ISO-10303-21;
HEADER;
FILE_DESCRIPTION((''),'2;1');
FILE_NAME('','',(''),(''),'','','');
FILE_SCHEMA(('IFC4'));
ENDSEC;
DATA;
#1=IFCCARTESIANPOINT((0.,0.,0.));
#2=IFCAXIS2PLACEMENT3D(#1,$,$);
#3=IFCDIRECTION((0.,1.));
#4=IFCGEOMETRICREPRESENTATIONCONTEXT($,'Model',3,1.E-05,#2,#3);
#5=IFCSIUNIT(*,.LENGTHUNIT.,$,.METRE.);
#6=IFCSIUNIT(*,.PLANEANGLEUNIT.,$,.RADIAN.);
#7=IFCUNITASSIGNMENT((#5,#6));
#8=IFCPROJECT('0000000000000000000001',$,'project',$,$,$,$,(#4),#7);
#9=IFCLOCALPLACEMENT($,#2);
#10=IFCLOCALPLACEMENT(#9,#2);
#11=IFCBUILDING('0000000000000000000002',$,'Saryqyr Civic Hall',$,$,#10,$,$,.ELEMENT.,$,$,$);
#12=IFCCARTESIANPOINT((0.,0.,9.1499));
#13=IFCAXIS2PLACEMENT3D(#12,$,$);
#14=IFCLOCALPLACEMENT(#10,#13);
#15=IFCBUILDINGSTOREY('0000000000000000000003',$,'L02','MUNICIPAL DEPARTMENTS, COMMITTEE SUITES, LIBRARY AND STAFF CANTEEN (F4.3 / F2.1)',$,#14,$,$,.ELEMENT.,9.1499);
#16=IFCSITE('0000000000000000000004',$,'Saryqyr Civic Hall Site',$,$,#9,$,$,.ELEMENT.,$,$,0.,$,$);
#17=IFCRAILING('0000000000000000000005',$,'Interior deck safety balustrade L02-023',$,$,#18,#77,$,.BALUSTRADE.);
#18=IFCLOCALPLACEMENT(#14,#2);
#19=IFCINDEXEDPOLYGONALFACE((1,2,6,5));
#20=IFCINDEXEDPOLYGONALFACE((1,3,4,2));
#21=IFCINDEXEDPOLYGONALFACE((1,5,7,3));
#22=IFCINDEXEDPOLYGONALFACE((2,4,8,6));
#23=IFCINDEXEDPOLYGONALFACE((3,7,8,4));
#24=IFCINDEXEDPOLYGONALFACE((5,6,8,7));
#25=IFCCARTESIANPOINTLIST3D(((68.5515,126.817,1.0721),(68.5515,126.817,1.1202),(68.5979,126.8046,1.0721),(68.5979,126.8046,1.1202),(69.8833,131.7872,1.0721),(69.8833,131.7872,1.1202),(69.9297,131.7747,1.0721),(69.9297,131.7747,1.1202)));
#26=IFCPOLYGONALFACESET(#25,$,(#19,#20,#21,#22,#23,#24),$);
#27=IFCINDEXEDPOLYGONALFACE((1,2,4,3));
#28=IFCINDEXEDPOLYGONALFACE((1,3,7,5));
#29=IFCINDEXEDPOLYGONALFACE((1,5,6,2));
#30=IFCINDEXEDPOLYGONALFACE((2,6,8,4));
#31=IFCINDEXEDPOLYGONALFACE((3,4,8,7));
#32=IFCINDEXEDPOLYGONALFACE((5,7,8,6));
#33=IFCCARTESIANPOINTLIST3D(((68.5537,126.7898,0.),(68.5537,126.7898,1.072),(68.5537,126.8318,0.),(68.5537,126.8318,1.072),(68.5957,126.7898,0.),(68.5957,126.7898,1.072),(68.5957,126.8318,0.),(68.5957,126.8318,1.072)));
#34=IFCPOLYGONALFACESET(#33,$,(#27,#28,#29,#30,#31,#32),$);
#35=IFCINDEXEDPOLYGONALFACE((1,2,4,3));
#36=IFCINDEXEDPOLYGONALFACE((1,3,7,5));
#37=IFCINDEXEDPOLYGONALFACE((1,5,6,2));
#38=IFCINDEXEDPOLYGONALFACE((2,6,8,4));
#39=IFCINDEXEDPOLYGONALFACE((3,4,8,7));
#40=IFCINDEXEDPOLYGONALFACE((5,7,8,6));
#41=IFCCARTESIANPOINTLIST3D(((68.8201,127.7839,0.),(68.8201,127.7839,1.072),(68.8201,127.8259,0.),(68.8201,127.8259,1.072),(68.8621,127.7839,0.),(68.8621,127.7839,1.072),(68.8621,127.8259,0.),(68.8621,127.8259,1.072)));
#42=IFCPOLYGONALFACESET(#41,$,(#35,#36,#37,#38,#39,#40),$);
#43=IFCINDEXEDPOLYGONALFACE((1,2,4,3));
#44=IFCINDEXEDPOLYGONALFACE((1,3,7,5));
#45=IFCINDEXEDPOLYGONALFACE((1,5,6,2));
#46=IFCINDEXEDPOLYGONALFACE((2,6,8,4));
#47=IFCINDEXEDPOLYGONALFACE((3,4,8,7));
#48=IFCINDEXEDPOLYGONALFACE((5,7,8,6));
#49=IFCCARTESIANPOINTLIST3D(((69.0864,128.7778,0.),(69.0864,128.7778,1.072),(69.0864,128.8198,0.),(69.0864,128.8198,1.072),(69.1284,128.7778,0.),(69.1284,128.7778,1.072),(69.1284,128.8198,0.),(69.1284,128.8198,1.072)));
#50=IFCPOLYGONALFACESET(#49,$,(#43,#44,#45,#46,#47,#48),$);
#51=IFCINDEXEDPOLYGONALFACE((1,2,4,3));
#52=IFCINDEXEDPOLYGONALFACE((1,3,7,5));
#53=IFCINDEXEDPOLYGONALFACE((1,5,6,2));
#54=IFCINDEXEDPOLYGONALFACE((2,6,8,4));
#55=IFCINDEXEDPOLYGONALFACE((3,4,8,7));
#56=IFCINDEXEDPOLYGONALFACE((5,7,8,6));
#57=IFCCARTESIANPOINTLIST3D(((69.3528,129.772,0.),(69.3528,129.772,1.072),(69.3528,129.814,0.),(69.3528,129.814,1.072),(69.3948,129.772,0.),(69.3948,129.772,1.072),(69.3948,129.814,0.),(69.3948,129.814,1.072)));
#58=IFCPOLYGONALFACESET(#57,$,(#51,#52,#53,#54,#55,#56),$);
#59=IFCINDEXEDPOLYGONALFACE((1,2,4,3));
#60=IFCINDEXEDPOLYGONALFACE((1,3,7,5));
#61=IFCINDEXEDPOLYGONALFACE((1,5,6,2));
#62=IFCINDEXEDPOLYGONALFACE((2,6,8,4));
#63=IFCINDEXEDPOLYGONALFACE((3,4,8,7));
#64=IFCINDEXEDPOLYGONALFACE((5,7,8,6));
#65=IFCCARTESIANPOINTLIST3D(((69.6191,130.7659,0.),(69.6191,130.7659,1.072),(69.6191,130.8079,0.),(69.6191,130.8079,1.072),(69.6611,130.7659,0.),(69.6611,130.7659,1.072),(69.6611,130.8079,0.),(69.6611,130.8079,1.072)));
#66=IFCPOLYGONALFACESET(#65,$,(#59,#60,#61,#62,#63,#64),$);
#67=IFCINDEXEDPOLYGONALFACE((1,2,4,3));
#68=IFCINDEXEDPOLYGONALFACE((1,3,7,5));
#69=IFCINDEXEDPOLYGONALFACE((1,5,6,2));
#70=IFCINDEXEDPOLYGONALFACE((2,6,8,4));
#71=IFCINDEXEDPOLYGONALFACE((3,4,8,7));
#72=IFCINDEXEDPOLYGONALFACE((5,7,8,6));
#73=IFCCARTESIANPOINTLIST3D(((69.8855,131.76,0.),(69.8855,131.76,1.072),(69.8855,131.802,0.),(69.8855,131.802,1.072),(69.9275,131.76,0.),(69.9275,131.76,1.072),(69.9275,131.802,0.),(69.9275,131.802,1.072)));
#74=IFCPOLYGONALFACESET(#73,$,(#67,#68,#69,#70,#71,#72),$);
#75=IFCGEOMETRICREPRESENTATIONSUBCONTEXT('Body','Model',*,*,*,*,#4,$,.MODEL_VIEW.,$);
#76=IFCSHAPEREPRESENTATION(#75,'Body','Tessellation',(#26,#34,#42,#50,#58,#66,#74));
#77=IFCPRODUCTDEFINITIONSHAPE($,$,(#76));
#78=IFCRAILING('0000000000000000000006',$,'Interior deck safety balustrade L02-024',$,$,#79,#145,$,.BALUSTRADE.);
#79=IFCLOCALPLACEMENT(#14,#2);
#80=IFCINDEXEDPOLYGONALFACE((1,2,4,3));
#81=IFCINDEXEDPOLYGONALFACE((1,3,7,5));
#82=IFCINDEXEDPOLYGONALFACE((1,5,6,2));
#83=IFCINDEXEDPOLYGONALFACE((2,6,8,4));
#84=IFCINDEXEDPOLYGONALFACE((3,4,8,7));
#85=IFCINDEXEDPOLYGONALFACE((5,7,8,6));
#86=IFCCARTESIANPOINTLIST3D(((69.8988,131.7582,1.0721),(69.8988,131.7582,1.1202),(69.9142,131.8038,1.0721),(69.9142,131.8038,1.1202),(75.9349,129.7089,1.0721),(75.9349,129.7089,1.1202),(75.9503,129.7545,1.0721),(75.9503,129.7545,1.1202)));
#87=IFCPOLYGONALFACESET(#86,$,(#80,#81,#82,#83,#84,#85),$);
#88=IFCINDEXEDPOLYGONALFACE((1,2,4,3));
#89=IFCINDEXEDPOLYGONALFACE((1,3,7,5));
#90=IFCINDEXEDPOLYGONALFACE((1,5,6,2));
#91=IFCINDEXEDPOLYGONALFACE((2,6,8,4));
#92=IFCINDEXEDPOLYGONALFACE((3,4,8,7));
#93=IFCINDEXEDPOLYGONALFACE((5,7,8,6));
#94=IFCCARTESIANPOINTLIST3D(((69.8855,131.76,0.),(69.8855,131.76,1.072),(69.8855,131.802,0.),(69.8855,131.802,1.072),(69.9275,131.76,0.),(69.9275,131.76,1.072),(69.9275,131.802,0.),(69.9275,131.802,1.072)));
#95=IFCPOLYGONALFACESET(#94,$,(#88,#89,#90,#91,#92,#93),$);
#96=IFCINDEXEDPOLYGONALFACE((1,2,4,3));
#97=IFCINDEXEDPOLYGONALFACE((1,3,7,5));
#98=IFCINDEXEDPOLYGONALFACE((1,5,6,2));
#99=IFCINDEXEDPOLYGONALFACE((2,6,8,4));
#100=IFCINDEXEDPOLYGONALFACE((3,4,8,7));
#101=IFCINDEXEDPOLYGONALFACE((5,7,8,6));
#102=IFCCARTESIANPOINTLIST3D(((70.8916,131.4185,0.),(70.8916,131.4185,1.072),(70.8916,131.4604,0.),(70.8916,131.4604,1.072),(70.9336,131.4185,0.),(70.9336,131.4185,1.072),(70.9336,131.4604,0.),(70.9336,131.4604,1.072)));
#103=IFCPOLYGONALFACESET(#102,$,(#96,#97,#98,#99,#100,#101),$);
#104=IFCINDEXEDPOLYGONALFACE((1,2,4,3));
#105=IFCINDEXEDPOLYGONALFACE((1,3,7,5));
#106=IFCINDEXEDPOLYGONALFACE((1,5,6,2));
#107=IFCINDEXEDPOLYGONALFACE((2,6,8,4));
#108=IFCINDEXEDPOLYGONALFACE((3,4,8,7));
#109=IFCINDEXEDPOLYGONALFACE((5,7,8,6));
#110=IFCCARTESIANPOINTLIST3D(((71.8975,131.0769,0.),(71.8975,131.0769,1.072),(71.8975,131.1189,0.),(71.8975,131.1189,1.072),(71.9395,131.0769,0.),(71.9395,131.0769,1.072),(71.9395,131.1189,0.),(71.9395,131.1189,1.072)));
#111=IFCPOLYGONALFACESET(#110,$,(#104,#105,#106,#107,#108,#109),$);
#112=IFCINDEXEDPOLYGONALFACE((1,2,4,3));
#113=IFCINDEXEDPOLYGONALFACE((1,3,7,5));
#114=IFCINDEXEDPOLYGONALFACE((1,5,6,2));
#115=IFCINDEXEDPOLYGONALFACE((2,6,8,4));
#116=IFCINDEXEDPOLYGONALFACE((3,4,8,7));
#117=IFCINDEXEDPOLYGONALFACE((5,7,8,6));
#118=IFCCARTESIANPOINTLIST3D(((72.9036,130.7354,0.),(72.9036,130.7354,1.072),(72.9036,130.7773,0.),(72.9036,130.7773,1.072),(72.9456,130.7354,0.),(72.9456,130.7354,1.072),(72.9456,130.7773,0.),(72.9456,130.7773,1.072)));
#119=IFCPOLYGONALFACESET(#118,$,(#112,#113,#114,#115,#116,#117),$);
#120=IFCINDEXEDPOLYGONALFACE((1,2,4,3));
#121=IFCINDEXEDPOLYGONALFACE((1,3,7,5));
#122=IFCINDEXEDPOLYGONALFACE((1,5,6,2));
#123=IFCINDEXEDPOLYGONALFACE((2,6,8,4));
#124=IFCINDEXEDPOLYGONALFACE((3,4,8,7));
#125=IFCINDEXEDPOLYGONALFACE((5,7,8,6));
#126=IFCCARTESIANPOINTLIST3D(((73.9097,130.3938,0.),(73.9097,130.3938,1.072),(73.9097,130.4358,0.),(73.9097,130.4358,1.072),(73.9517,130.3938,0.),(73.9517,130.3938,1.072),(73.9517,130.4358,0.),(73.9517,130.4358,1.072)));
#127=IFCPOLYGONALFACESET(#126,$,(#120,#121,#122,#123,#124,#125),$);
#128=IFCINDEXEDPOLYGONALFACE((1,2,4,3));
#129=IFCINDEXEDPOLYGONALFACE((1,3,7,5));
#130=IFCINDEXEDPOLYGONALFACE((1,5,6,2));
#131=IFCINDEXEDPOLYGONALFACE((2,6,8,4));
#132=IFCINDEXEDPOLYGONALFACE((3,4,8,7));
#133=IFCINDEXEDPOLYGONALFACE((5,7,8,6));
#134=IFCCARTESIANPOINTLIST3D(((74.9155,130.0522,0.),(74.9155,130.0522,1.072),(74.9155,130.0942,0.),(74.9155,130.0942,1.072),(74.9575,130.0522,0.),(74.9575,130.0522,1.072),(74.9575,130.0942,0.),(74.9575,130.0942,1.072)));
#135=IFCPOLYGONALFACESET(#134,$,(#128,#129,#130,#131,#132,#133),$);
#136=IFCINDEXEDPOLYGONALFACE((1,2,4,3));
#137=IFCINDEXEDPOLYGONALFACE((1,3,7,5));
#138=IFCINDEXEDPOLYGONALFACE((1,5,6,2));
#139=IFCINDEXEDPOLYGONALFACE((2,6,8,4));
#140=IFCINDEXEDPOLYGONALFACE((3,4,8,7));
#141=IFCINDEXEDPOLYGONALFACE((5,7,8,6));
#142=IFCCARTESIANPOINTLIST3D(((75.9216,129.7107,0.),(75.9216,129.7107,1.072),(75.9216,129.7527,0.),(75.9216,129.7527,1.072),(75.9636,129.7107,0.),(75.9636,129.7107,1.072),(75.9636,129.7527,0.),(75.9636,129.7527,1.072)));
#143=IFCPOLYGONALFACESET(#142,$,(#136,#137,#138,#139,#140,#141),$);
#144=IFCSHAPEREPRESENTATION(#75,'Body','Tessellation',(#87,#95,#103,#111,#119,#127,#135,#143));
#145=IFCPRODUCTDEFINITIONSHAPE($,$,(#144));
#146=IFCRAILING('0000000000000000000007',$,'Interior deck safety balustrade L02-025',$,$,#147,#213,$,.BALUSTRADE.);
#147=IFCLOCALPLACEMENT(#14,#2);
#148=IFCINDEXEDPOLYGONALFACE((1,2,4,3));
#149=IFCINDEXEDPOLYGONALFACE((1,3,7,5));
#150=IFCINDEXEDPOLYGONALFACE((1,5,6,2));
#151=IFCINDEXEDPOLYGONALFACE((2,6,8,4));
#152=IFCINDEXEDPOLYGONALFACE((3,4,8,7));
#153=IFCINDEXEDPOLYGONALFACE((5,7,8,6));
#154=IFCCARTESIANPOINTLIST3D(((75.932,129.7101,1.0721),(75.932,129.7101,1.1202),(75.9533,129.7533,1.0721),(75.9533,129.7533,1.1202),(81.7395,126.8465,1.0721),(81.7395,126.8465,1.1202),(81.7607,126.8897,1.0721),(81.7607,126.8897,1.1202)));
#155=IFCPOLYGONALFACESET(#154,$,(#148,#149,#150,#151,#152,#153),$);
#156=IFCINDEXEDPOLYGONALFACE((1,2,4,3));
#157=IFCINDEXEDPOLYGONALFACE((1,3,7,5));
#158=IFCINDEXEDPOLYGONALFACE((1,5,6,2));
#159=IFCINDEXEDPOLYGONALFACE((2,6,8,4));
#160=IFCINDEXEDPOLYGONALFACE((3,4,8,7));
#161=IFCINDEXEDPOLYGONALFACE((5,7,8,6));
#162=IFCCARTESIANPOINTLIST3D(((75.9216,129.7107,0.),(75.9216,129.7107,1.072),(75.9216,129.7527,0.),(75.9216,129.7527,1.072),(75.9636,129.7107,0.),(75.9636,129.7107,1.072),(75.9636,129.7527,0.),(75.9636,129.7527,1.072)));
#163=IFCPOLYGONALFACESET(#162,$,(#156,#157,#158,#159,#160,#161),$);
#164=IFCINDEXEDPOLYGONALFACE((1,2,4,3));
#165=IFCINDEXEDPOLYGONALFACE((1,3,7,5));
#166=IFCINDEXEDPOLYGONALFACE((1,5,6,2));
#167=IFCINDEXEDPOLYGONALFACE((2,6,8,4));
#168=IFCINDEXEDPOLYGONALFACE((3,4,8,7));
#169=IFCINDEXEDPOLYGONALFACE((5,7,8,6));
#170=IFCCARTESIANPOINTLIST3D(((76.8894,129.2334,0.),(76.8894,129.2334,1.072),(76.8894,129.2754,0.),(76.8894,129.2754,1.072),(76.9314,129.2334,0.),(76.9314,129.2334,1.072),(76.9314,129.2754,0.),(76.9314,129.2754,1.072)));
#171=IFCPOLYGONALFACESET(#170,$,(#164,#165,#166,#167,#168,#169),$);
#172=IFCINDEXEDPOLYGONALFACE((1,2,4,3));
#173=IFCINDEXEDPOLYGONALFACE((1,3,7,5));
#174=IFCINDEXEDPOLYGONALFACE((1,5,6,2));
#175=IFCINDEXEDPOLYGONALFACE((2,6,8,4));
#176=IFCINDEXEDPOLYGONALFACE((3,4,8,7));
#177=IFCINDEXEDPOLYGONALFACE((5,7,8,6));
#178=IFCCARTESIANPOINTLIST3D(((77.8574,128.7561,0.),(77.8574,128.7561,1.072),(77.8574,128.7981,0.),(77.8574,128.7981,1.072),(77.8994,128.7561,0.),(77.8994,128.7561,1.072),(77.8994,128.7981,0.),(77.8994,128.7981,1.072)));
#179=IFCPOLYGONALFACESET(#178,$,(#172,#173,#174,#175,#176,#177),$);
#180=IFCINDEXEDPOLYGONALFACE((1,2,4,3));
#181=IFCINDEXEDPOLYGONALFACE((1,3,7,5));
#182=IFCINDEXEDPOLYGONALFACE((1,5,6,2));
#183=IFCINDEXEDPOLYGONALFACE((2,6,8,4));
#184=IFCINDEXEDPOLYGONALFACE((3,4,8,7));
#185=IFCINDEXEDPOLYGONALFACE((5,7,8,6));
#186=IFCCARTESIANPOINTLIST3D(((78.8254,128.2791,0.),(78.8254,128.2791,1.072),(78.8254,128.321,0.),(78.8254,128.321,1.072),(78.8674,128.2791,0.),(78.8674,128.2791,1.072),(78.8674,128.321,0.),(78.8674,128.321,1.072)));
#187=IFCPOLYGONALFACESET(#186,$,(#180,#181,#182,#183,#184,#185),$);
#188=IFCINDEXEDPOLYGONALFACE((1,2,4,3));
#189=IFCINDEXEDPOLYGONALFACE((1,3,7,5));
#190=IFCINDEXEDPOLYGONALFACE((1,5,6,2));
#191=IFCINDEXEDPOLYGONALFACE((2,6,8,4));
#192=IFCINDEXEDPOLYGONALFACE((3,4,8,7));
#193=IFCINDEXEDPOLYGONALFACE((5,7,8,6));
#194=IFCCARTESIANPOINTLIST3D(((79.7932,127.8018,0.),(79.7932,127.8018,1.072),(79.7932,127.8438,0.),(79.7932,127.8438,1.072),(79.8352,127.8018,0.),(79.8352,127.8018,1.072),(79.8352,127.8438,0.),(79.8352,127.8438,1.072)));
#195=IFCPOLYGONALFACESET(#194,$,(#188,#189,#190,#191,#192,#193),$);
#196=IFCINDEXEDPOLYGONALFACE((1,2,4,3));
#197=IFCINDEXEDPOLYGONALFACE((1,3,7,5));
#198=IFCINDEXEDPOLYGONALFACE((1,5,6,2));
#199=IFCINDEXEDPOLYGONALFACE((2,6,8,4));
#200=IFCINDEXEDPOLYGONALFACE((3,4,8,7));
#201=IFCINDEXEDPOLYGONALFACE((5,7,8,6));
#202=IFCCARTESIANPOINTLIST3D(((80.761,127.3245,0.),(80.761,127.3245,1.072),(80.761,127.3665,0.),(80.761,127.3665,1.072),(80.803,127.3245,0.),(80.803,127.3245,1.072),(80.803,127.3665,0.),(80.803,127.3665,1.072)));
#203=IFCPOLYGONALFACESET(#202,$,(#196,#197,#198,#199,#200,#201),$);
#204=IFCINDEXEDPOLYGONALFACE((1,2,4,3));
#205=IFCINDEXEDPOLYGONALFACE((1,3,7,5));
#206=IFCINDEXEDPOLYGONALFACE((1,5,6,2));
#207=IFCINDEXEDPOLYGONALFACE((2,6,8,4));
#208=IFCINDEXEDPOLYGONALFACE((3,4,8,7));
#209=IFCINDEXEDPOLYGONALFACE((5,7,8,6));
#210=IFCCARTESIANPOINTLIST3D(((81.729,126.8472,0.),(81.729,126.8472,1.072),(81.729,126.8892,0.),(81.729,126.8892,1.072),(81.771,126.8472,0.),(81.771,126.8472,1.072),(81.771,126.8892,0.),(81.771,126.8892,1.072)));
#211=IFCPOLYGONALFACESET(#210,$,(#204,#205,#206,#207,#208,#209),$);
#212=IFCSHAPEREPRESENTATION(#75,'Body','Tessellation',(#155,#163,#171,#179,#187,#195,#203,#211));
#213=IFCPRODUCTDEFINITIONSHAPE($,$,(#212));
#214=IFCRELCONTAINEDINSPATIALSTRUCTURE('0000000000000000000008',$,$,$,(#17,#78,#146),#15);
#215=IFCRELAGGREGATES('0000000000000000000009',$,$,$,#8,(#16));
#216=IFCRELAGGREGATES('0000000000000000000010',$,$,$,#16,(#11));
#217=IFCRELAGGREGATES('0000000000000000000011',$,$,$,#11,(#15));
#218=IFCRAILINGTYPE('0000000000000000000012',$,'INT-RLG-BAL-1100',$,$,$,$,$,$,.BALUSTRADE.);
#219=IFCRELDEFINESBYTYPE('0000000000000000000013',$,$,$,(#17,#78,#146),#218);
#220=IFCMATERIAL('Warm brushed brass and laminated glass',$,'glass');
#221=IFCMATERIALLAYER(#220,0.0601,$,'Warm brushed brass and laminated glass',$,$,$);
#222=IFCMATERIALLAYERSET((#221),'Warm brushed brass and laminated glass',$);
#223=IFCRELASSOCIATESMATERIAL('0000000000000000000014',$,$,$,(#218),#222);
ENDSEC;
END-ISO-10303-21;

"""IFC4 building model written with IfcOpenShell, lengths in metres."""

from ifc_helpers import new_model, si_unit, direction, frame, origin, origin_2d, place, context, subcontext, project, spatial, rectangle, extrude, material, layer, layer_set, type_object, element, save


model = new_model("IFC4")

# Units and contexts
model_context = context("Model", 3, precision=1e-05, world=origin(), true_north=direction((0.0, 1.0)))
body_context = subcontext(model_context, "Body", "Model", "MODEL_VIEW")
ifc_project = project(units=[si_unit("LENGTHUNIT", "METRE"), si_unit("PLANEANGLEUNIT", "RADIAN")], contexts=[model_context])

# Site, building, storey
site_placement = place(None, origin())
site = spatial("IfcSite", under=ifc_project, at=site_placement, Name="Saryqyr Civic Hall Site", CompositionType="ELEMENT", RefElevation=0.0)
building_placement = place(site_placement, origin())
building = spatial("IfcBuilding", under=site, at=building_placement, Name="Saryqyr Civic Hall", CompositionType="ELEMENT")
storey_placement = place(building_placement, frame((0.0, 0.0, 9.1499)))
storey = spatial("IfcBuildingStorey", under=building, at=storey_placement, Name="L02", Description="MUNICIPAL DEPARTMENTS, COMMITTEE SUITES, LIBRARY AND STAFF CANTEEN (F4.3 / F2.1)", CompositionType="ELEMENT", Elevation=9.1499)

# Railings
ifc_material_1 = material(Name="Warm brushed brass and laminated glass", Category="glass")
ifc_layer_1 = layer(ifc_material_1, 0.0601, Name="Warm brushed brass and laminated glass")
ifc_layer_set_1 = layer_set([ifc_layer_1], Name="Warm brushed brass and laminated glass")
railing_type = type_object("IfcRailingType", Name="INT-RLG-BAL-1100", PredefinedType="BALUSTRADE", material=ifc_layer_set_1)
railing_1_placement = place(storey_placement, frame((68.5747, 126.8108, 0.0)))
element("IfcRailing", 1, at=railing_1_placement, inside=storey, type_object=railing_type, Name="Interior deck safety balustrade L02-023", PredefinedType="BALUSTRADE", context=body_context, shape_type="SweptSolid", body=[
    extrude(rectangle(XDim=0.0481, YDim=0.0481, at=origin_2d()), frame((0.0, 0.0, 1.0962), z_axis=(0.258823, 0.965925, 0.0), x_axis=(-0.965925, 0.258823, 0.0)), (0.0, 0.0, 1.0), 5.1455),
    extrude(rectangle(XDim=0.042, YDim=0.042, at=origin_2d()), origin(), (0.0, 0.0, 1.0), 1.072),
    extrude(rectangle(XDim=0.042, YDim=0.042, at=origin_2d()), frame((0.2664, 0.9941, 0.0)), (0.0, 0.0, 1.0), 1.072),
    extrude(rectangle(XDim=0.042, YDim=0.042, at=origin_2d()), frame((0.5327, 1.988, 0.0)), (0.0, 0.0, 1.0), 1.072),
    extrude(rectangle(XDim=0.042, YDim=0.042, at=origin_2d()), frame((0.7991, 2.9822, 0.0)), (0.0, 0.0, 1.0), 1.072),
    extrude(rectangle(XDim=0.042, YDim=0.042, at=origin_2d()), frame((1.0654, 3.9761, 0.0)), (0.0, 0.0, 1.0), 1.072),
    extrude(rectangle(XDim=0.042, YDim=0.042, at=origin_2d()), frame((1.3318, 4.9702, 0.0)), (0.0, 0.0, 1.0), 1.072),
])
railing_2_placement = place(storey_placement, frame((69.9065, 131.781, 0.0)))
element("IfcRailing", 2, at=railing_2_placement, inside=storey, type_object=railing_type, Name="Interior deck safety balustrade L02-024", PredefinedType="BALUSTRADE", context=body_context, shape_type="SweptSolid", body=[
    extrude(rectangle(XDim=0.0481, YDim=0.0481, at=origin_2d()), frame((0.0, 0.0, 1.0962), z_axis=(0.946915, -0.321485, 0.0), x_axis=(0.321485, 0.946915, 0.0)), (0.0, 0.0, 1.0), 6.3745),
    extrude(rectangle(XDim=0.042, YDim=0.042, at=origin_2d()), origin(), (0.0, 0.0, 1.0), 1.072),
    extrude(rectangle(XDim=0.042, YDim=0.042, at=origin_2d()), frame((1.0061, -0.3416, 0.0)), (0.0, 0.0, 1.0), 1.072),
    extrude(rectangle(XDim=0.042, YDim=0.042, at=origin_2d()), frame((2.012, -0.6831, 0.0)), (0.0, 0.0, 1.0), 1.072),
    extrude(rectangle(XDim=0.042, YDim=0.042, at=origin_2d()), frame((3.0181, -1.0247, 0.0)), (0.0, 0.0, 1.0), 1.072),
    extrude(rectangle(XDim=0.042, YDim=0.042, at=origin_2d()), frame((4.0242, -1.3662, 0.0)), (0.0, 0.0, 1.0), 1.072),
    extrude(rectangle(XDim=0.042, YDim=0.042, at=origin_2d()), frame((5.03, -1.7078, 0.0)), (0.0, 0.0, 1.0), 1.072),
    extrude(rectangle(XDim=0.042, YDim=0.042, at=origin_2d()), frame((6.0361, -2.0493, 0.0)), (0.0, 0.0, 1.0), 1.072),
])
railing_3_placement = place(storey_placement, frame((75.9426, 129.7317, 0.0)))
element("IfcRailing", 3, at=railing_3_placement, inside=storey, type_object=railing_type, Name="Interior deck safety balustrade L02-025", PredefinedType="BALUSTRADE", context=body_context, shape_type="SweptSolid", body=[
    extrude(rectangle(XDim=0.0481, YDim=0.0481, at=origin_2d()), frame((0.0, 0.0, 1.0962), z_axis=(0.896894, -0.442245, 0.0), x_axis=(0.442245, 0.896894, 0.0)), (0.0, 0.0, 1.0), 6.4751),
    extrude(rectangle(XDim=0.042, YDim=0.042, at=origin_2d()), origin(), (0.0, 0.0, 1.0), 1.072),
    extrude(rectangle(XDim=0.042, YDim=0.042, at=origin_2d()), frame((0.9678, -0.4773, 0.0)), (0.0, 0.0, 1.0), 1.072),
    extrude(rectangle(XDim=0.042, YDim=0.042, at=origin_2d()), frame((1.9358, -0.9546, 0.0)), (0.0, 0.0, 1.0), 1.072),
    extrude(rectangle(XDim=0.042, YDim=0.042, at=origin_2d()), frame((2.9038, -1.4316, 0.0)), (0.0, 0.0, 1.0), 1.072),
    extrude(rectangle(XDim=0.042, YDim=0.042, at=origin_2d()), frame((3.8716, -1.9089, 0.0)), (0.0, 0.0, 1.0), 1.072),
    extrude(rectangle(XDim=0.042, YDim=0.042, at=origin_2d()), frame((4.8394, -2.3862, 0.0)), (0.0, 0.0, 1.0), 1.072),
    extrude(rectangle(XDim=0.042, YDim=0.042, at=origin_2d()), frame((5.8074, -2.8635, 0.0)), (0.0, 0.0, 1.0), 1.072),
])

save(model, "model.ifc")
